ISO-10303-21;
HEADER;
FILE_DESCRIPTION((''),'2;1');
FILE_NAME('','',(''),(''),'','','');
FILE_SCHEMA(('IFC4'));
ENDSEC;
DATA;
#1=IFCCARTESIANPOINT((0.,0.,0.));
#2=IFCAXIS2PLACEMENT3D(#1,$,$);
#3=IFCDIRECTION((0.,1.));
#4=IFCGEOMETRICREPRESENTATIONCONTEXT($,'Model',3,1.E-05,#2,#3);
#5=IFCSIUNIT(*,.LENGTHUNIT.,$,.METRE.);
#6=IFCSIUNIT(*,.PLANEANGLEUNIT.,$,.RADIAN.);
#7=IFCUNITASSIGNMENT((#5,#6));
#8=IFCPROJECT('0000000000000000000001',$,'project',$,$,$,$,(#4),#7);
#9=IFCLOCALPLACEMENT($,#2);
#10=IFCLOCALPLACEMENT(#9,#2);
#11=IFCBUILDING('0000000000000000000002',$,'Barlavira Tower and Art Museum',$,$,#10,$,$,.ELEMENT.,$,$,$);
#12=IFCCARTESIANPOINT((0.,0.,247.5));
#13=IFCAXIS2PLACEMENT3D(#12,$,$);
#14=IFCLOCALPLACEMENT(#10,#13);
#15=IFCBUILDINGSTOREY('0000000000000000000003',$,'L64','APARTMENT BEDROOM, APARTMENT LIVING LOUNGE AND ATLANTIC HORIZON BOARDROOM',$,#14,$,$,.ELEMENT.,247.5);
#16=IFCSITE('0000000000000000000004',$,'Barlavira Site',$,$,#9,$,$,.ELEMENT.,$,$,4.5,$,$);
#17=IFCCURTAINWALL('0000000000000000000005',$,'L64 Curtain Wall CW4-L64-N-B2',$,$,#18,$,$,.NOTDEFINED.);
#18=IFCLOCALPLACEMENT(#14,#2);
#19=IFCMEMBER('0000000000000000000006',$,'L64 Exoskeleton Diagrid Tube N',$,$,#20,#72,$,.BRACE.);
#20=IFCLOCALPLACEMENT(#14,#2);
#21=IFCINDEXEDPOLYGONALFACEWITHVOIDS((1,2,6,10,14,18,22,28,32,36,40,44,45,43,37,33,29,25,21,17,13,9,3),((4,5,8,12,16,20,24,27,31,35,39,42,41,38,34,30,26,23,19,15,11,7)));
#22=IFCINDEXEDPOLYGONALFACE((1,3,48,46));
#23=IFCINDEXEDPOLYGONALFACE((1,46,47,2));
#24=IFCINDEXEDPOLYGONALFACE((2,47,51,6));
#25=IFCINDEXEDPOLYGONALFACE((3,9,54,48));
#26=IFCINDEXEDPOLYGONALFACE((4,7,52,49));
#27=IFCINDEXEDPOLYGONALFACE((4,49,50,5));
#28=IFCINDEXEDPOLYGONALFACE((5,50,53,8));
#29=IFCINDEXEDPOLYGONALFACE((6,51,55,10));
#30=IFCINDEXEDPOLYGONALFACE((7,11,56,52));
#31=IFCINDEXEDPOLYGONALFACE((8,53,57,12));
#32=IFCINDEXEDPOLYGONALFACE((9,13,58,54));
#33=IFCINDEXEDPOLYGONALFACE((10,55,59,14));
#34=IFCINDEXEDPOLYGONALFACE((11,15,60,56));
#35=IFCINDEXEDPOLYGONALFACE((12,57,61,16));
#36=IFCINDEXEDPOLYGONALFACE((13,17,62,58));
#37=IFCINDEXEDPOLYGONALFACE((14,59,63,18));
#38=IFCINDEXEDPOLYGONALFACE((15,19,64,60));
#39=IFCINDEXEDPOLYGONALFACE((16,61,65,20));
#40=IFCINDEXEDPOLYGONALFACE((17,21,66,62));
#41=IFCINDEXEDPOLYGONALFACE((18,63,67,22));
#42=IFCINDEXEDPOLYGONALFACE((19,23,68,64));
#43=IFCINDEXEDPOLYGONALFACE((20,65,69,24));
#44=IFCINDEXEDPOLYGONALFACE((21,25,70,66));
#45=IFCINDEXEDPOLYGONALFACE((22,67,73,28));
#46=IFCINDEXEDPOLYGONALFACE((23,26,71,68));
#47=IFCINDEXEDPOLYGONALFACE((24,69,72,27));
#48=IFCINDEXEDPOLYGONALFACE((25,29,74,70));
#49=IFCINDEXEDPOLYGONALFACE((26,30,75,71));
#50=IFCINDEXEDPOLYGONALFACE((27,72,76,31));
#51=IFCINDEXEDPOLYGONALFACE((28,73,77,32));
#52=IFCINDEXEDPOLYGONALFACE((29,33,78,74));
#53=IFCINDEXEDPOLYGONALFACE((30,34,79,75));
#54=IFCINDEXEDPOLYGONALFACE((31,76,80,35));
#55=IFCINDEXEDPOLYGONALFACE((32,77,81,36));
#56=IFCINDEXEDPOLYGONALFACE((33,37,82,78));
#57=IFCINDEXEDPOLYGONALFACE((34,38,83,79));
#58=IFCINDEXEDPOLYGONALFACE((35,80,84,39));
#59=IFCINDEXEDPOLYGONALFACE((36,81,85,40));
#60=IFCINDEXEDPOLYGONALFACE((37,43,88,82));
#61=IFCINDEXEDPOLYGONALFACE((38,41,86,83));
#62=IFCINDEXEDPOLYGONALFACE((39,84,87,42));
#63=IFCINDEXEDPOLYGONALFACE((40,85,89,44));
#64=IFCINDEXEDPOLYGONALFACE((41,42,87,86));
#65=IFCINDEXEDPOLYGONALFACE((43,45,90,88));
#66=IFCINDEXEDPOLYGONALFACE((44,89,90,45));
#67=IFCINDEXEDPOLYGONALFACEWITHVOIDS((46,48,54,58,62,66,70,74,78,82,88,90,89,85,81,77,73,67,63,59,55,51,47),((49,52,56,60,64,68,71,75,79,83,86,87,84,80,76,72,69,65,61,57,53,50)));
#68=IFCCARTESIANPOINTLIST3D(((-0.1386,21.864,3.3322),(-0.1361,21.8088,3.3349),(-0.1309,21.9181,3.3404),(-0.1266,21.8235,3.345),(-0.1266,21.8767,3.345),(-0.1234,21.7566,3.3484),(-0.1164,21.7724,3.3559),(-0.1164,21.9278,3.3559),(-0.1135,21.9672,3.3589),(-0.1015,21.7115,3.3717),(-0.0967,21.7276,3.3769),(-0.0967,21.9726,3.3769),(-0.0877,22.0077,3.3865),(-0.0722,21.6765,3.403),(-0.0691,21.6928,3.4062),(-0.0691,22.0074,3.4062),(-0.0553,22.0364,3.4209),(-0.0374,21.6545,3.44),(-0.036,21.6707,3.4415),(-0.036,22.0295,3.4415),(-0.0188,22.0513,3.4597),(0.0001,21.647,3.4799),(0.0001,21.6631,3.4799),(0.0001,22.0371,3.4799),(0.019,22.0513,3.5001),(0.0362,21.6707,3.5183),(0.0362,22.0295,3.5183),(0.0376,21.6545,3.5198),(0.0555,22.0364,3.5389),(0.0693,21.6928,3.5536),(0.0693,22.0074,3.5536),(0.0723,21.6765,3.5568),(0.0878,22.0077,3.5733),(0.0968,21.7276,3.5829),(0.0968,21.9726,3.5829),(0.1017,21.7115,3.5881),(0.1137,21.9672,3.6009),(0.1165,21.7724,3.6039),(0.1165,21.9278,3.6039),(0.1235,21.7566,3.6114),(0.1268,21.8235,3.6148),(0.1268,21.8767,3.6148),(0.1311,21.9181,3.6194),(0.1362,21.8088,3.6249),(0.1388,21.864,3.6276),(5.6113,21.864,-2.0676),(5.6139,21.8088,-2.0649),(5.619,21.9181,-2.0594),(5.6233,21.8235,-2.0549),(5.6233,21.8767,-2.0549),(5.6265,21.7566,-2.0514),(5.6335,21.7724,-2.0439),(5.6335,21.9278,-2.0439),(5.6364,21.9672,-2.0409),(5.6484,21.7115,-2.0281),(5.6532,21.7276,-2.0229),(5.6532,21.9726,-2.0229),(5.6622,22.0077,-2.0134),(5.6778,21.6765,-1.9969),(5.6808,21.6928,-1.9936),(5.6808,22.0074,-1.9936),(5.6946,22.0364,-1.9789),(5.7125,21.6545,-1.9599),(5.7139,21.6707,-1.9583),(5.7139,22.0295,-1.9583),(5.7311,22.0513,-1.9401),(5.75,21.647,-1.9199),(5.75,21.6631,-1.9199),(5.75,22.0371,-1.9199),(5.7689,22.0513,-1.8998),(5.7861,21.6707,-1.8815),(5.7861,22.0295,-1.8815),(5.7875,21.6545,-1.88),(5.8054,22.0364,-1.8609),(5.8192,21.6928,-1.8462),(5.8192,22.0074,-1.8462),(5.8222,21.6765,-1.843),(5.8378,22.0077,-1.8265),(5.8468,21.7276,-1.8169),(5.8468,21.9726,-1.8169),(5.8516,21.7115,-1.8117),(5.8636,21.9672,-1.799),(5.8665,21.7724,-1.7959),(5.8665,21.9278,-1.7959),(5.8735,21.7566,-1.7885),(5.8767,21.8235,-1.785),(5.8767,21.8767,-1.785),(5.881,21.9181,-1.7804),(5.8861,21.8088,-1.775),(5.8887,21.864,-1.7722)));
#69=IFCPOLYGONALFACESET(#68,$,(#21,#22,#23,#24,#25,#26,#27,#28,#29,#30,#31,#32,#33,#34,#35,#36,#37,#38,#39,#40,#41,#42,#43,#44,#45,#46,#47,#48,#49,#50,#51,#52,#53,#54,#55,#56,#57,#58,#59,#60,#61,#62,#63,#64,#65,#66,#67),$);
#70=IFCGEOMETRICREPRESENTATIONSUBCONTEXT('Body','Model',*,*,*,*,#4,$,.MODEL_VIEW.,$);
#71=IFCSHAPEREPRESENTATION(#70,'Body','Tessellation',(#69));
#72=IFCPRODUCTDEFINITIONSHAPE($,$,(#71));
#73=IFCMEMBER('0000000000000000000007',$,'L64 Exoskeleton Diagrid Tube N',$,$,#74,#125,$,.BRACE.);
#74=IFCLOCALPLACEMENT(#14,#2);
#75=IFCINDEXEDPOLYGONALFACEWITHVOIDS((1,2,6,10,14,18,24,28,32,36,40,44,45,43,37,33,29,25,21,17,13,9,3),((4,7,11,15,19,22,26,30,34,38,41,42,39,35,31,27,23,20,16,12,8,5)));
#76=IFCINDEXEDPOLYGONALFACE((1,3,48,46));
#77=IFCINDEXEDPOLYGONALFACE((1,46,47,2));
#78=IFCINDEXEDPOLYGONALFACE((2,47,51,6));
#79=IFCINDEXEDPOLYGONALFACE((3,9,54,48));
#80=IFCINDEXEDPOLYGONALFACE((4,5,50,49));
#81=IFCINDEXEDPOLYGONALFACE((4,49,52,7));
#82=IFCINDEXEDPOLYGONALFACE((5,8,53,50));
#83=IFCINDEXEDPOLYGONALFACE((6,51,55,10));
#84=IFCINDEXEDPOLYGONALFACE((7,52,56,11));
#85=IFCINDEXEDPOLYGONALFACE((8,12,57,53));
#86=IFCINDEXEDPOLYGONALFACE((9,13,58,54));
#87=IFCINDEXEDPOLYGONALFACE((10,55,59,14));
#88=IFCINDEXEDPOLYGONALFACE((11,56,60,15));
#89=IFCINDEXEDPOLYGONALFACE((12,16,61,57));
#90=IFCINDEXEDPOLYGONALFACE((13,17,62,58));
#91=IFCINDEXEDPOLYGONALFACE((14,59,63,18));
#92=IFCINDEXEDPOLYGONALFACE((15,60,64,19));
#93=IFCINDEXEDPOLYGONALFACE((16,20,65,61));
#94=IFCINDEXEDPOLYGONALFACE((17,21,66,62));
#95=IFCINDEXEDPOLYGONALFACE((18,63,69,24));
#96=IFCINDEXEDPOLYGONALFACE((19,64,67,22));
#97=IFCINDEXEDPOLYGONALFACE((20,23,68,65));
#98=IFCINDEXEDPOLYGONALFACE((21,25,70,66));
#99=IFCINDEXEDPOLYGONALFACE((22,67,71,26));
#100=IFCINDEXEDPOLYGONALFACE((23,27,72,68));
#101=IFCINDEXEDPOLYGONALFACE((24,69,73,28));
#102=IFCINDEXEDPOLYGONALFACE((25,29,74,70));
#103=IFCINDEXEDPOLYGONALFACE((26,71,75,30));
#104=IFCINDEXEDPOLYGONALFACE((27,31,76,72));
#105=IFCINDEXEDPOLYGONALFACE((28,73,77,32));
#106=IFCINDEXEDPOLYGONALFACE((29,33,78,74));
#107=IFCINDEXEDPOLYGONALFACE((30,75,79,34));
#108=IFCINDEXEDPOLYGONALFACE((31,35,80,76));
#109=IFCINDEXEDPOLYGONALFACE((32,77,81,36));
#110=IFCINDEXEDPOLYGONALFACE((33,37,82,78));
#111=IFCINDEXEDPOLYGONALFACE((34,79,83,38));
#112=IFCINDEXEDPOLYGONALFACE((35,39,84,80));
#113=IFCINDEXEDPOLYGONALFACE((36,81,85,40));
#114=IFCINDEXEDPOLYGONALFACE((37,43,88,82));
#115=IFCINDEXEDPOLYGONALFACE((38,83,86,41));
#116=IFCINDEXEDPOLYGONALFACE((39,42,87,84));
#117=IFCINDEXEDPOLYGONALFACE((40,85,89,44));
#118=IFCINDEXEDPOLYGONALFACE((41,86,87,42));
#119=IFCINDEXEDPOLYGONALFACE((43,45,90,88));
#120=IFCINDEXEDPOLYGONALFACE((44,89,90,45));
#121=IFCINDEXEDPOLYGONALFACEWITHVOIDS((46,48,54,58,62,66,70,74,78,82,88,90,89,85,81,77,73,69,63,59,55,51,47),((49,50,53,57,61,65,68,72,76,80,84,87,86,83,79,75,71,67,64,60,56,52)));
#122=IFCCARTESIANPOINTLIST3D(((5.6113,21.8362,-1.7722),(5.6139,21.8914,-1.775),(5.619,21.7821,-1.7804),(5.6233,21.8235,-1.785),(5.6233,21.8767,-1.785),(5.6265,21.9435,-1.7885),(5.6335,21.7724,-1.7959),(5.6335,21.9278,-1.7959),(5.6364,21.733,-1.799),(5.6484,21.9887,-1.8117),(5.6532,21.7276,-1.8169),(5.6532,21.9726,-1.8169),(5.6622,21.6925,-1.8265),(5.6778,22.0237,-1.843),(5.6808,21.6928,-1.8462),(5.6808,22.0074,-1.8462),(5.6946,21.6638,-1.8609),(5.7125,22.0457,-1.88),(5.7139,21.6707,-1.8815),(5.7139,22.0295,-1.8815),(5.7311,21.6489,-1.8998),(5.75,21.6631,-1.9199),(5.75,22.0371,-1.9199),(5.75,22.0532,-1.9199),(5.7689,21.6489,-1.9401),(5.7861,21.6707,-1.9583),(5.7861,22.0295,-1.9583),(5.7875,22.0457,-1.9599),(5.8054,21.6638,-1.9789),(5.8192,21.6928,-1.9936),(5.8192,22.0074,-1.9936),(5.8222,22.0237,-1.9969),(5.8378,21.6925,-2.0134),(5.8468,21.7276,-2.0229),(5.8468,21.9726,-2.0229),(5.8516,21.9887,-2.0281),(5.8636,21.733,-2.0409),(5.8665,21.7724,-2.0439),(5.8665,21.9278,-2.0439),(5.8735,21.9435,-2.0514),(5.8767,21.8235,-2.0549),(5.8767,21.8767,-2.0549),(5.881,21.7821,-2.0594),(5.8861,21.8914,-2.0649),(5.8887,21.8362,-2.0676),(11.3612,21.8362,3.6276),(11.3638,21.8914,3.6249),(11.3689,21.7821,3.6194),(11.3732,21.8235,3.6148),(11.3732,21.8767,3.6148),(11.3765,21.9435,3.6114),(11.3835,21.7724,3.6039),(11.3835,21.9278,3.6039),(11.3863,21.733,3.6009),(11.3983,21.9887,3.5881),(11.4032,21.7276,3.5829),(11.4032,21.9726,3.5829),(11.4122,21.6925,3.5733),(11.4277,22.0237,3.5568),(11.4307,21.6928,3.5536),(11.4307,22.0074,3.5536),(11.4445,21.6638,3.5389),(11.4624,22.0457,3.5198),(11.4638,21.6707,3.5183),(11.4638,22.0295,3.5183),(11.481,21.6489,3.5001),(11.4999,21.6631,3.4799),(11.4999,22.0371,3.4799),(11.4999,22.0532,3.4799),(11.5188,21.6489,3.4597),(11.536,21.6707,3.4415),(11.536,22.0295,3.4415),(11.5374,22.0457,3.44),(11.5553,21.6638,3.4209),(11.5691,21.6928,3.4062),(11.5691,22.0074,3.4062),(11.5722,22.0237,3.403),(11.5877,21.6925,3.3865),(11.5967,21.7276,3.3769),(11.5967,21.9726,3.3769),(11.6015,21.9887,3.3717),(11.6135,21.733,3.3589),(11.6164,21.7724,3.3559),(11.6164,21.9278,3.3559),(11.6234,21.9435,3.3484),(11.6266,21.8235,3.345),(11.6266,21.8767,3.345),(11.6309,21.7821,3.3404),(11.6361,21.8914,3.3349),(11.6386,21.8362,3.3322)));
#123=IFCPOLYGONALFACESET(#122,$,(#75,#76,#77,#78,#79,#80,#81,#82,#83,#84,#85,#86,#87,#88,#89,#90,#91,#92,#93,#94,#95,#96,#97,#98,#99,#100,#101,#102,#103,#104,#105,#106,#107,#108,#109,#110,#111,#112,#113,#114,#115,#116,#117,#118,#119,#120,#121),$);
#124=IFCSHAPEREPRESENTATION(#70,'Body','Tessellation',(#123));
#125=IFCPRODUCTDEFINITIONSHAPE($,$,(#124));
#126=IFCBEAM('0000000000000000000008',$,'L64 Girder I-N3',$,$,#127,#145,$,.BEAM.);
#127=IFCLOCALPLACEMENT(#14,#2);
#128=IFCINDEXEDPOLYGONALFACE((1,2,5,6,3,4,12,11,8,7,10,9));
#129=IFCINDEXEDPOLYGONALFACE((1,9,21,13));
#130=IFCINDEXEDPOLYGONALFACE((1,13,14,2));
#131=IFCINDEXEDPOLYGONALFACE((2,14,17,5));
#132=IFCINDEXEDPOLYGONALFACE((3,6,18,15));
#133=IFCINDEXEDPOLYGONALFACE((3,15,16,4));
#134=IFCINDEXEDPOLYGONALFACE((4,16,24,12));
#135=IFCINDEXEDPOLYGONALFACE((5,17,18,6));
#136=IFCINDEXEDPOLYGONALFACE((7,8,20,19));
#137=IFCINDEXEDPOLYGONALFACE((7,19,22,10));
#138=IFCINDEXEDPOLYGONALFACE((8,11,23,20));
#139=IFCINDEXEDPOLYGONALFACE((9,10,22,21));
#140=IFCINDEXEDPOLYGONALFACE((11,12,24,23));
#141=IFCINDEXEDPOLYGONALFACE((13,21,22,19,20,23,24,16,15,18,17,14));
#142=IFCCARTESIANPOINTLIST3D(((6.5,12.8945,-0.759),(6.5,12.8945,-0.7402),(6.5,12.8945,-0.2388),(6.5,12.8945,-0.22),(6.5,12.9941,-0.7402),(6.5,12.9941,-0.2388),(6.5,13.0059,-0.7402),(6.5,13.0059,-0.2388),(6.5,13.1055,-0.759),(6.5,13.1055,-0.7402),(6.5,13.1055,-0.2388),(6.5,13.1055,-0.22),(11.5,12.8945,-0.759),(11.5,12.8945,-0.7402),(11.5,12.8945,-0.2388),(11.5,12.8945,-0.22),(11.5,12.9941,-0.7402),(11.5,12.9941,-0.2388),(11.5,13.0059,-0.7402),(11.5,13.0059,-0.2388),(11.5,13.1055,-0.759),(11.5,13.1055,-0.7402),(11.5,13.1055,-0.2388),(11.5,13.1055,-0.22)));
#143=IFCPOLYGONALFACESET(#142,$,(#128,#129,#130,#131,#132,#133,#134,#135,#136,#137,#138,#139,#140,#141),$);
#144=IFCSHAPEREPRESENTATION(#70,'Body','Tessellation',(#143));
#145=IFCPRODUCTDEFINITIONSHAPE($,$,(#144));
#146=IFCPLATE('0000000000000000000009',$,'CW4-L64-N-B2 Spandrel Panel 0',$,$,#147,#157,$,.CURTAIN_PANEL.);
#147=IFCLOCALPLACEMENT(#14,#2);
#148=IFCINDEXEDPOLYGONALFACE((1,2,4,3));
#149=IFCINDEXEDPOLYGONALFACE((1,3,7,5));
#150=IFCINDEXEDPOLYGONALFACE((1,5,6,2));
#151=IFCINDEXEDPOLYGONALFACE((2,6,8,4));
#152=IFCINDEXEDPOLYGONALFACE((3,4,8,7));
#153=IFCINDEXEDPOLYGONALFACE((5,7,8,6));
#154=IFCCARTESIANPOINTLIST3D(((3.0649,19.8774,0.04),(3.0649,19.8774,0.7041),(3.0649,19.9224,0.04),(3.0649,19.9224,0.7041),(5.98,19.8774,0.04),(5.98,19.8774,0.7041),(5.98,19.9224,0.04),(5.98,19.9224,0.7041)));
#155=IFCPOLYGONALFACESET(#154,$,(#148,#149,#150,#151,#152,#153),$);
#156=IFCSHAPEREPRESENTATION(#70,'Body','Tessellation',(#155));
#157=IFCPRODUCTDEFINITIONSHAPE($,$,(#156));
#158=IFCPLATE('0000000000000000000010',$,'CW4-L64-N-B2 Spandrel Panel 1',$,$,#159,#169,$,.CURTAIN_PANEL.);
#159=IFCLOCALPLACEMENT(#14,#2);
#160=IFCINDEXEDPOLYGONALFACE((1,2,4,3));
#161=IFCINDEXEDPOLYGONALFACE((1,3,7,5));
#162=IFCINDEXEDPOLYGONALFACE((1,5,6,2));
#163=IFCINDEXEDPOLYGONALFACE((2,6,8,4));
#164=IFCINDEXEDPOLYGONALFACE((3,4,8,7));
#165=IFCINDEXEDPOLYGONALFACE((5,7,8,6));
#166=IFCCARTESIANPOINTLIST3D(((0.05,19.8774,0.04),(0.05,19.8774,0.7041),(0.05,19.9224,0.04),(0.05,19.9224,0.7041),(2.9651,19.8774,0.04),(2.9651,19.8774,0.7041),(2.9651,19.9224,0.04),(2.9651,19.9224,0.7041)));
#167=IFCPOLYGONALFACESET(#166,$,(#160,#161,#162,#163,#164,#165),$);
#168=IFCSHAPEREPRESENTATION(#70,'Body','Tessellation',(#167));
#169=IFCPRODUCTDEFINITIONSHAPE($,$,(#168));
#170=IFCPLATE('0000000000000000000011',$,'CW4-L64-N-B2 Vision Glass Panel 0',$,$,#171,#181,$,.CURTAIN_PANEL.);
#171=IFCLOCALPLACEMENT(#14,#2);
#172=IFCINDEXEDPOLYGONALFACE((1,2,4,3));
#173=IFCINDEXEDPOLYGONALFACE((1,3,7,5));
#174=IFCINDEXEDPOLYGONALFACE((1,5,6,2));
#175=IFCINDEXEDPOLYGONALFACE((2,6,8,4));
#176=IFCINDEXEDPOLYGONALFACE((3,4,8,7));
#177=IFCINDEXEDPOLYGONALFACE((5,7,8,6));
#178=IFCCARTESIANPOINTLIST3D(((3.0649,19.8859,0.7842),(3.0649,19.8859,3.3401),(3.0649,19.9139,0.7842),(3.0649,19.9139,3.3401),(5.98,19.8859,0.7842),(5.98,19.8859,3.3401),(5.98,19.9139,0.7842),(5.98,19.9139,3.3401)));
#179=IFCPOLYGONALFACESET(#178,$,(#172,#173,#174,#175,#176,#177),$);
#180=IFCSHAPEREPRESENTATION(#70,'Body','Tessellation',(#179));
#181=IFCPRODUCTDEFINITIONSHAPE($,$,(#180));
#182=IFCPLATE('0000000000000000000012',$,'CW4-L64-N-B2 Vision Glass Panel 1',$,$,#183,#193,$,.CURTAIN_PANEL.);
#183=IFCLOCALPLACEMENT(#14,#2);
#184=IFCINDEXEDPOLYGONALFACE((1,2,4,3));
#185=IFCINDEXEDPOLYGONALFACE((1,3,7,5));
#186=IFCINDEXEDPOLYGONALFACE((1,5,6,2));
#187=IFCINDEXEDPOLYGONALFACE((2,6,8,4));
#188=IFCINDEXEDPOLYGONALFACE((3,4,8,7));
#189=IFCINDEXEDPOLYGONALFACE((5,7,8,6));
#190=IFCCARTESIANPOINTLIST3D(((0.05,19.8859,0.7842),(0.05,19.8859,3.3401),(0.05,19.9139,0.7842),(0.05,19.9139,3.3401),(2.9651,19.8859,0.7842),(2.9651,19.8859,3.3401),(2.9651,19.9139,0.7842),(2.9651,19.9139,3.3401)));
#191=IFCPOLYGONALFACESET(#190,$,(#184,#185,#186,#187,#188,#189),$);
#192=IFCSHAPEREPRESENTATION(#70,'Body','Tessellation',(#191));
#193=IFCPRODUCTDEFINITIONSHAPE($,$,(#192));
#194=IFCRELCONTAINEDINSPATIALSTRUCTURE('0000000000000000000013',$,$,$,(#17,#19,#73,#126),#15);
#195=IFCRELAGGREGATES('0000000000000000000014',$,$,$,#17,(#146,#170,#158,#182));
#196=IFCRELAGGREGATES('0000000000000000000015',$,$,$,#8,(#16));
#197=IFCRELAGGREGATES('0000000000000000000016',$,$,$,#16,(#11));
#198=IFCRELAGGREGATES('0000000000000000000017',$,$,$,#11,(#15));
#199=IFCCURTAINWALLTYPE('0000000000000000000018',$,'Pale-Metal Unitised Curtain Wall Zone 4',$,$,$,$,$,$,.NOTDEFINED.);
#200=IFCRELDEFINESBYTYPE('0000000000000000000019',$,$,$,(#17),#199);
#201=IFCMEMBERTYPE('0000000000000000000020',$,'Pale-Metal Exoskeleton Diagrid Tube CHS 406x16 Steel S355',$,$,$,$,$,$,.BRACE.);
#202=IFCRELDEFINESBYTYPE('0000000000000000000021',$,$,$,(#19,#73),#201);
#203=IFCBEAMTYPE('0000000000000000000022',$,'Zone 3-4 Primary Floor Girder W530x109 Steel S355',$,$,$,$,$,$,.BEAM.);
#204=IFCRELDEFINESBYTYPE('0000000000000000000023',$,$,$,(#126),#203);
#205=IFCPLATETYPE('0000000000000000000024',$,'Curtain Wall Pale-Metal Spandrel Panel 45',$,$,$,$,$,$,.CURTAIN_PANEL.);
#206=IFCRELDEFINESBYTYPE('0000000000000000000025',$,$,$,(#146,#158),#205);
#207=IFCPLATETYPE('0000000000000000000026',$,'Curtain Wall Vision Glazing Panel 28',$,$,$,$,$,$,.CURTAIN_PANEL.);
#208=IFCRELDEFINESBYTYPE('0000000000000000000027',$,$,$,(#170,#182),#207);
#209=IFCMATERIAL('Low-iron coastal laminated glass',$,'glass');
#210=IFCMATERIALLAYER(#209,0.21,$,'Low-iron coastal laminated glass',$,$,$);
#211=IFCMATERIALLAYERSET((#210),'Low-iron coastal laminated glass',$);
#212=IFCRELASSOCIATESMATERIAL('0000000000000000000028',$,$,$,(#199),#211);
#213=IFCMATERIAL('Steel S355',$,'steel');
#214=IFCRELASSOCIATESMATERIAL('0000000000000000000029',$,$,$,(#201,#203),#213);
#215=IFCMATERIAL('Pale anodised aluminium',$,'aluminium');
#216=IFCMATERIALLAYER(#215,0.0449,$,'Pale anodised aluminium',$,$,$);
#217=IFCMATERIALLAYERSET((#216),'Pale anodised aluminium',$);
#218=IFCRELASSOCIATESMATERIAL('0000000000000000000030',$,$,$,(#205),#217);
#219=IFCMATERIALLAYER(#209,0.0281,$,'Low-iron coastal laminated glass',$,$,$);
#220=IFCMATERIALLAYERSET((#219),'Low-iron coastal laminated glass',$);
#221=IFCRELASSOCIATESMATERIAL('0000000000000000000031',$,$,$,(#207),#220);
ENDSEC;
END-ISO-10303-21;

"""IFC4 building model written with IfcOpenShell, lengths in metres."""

from ifc_helpers import new_model, si_unit, direction, frame, origin, origin_2d, place, context, subcontext, project, spatial, rectangle, hollow_circle, i_section, extrude, material, layer, layer_set, material_profile, profile_set, type_object, element, aggregate, save


model = new_model("IFC4")

# Units and contexts
model_context = context("Model", 3, precision=1e-05, world=origin(), true_north=direction((0.0, 1.0)))
body_context = subcontext(model_context, "Body", "Model", "MODEL_VIEW")
ifc_project = project(units=[si_unit("LENGTHUNIT", "METRE"), si_unit("PLANEANGLEUNIT", "RADIAN")], contexts=[model_context])

# Site, building, storey
site_placement = place(None, origin())
site = spatial("IfcSite", under=ifc_project, at=site_placement, Name="Barlavira Site", CompositionType="ELEMENT", RefElevation=4.5)
building_placement = place(site_placement, origin())
building = spatial("IfcBuilding", under=site, at=building_placement, Name="Barlavira Tower and Art Museum", CompositionType="ELEMENT")
storey_placement = place(building_placement, frame((0.0, 0.0, 247.5)))
storey = spatial("IfcBuildingStorey", under=building, at=storey_placement, Name="L64", Description="APARTMENT BEDROOM, APARTMENT LIVING LOUNGE AND ATLANTIC HORIZON BOARDROOM", CompositionType="ELEMENT", Elevation=247.5)

# Curtain wall
ifc_material_1 = material(Name="Low-iron coastal laminated glass", Category="glass")
ifc_layer_1 = layer(ifc_material_1, 0.21, Name="Low-iron coastal laminated glass")
ifc_layer_set_1 = layer_set([ifc_layer_1], Name="Low-iron coastal laminated glass")
curtain_wall_type = type_object("IfcCurtainWallType", Name="Pale-Metal Unitised Curtain Wall Zone 4", PredefinedType="NOTDEFINED", material=ifc_layer_set_1)
curtain_wall_placement = place(storey_placement, origin())
curtain_wall = element("IfcCurtainWall", 1, at=curtain_wall_placement, inside=storey, type_object=curtain_wall_type, Name="L64 Curtain Wall CW4-L64-N-B2", PredefinedType="NOTDEFINED")
ifc_material_2 = material(Name="Pale anodised aluminium", Category="aluminium")

# Members
ifc_material_3 = material(Name="Steel S355", Category="steel")
ifc_material_profile_1 = material_profile(ifc_material_3, hollow_circle(Radius=0.2031, WallThickness=0.0161, at=origin_2d()), Name="CHS 406.4x16.0")
ifc_profile_set_1 = profile_set([ifc_material_profile_1], Name="Steel S355")
member_type_1 = type_object("IfcMemberType", Name="Pale-Metal Exoskeleton Diagrid Tube CHS 406x16 Steel S355", PredefinedType="BRACE", material=ifc_profile_set_1)
for number, where, z_axis, x_axis, name in (
    (2, (5.75, 21.8501, -1.9199), (-0.72895, 0.0, 0.684567), (0.0, -1.0, 0.0), "L64 Exoskeleton Diagrid Tube N"),
    (3, (5.75, 21.8501, -1.9199), (0.72895, 0.0, 0.684567), (0.0, 1.0, 0.0), "L64 Exoskeleton Diagrid Tube N"),
):
    element("IfcMember", number, at=place(storey_placement, frame(where, z_axis=z_axis, x_axis=x_axis)), inside=storey, type_object=member_type_1, Name=name, PredefinedType="BRACE", context=body_context, shape_type="SweptSolid", body=[
        extrude(hollow_circle(Radius=0.2031, WallThickness=0.0161, at=origin_2d()), origin(), (0.0, 0.0, 1.0), 7.8879),
    ])

# Beam
ifc_material_profile_2 = material_profile(ifc_material_3, i_section(OverallWidth=0.2109, OverallDepth=0.5391, WebThickness=0.0117, FlangeThickness=0.0188, at=origin_2d()), Name="W530x109.0")
ifc_profile_set_2 = profile_set([ifc_material_profile_2], Name="Steel S355")
beam_type = type_object("IfcBeamType", Name="Zone 3-4 Primary Floor Girder W530x109 Steel S355", PredefinedType="BEAM", material=ifc_profile_set_2)
beam_placement = place(storey_placement, frame((6.5, 13.0, -0.4895), z_axis=(1.0, 0.0, 0.0), x_axis=(0.0, 1.0, 0.0)))
element("IfcBeam", 4, at=beam_placement, inside=storey, type_object=beam_type, Name="L64 Girder I-N3", PredefinedType="BEAM", context=body_context, shape_type="SweptSolid", body=[
    extrude(i_section(OverallWidth=0.2109, OverallDepth=0.5391, WebThickness=0.0117, FlangeThickness=0.0188, at=origin_2d()), origin(), (0.0, 0.0, 1.0), 5.0),
])

# Plates
ifc_layer_2 = layer(ifc_material_2, 0.0449, Name="Pale anodised aluminium")
ifc_layer_set_2 = layer_set([ifc_layer_2], Name="Pale anodised aluminium")
plate_type_1 = type_object("IfcPlateType", Name="Curtain Wall Pale-Metal Spandrel Panel 45", PredefinedType="CURTAIN_PANEL", material=ifc_layer_set_2)
plate_1_placement = place(storey_placement, frame((4.5225, 19.8999, 0.04), z_axis=(0.0, 0.0, 1.0), x_axis=(-1.0, 0.0, 0.0)))
plate_1 = element("IfcPlate", 5, at=plate_1_placement, type_object=plate_type_1, Name="CW4-L64-N-B2 Spandrel Panel 0", PredefinedType="CURTAIN_PANEL", context=body_context, shape_type="SweptSolid", body=[
    extrude(rectangle(XDim=2.915, YDim=0.0449, at=origin_2d()), origin(), (0.0, 0.0, 1.0), 0.6641),
])
plate_2_placement = place(storey_placement, frame((1.5076, 19.8999, 0.04), z_axis=(0.0, 0.0, 1.0), x_axis=(-1.0, 0.0, 0.0)))
plate_2 = element("IfcPlate", 6, at=plate_2_placement, type_object=plate_type_1, Name="CW4-L64-N-B2 Spandrel Panel 1", PredefinedType="CURTAIN_PANEL", context=body_context, shape_type="SweptSolid", body=[
    extrude(rectangle(XDim=2.915, YDim=0.0449, at=origin_2d()), origin(), (0.0, 0.0, 1.0), 0.6641),
])
ifc_layer_3 = layer(ifc_material_1, 0.0281, Name="Low-iron coastal laminated glass")
ifc_layer_set_3 = layer_set([ifc_layer_3], Name="Low-iron coastal laminated glass")
plate_type_2 = type_object("IfcPlateType", Name="Curtain Wall Vision Glazing Panel 28", PredefinedType="CURTAIN_PANEL", material=ifc_layer_set_3)
plate_3_placement = place(storey_placement, frame((4.5225, 19.8999, 0.7842), z_axis=(0.0, 0.0, 1.0), x_axis=(-1.0, 0.0, 0.0)))
plate_3 = element("IfcPlate", 7, at=plate_3_placement, type_object=plate_type_2, Name="CW4-L64-N-B2 Vision Glass Panel 0", PredefinedType="CURTAIN_PANEL", context=body_context, shape_type="SweptSolid", body=[
    extrude(rectangle(XDim=2.915, YDim=0.0281, at=origin_2d()), origin(), (0.0, 0.0, 1.0), 2.5559),
])
plate_4_placement = place(storey_placement, frame((1.5076, 19.8999, 0.7842), z_axis=(0.0, 0.0, 1.0), x_axis=(-1.0, 0.0, 0.0)))
plate_4 = element("IfcPlate", 8, at=plate_4_placement, type_object=plate_type_2, Name="CW4-L64-N-B2 Vision Glass Panel 1", PredefinedType="CURTAIN_PANEL", context=body_context, shape_type="SweptSolid", body=[
    extrude(rectangle(XDim=2.915, YDim=0.0281, at=origin_2d()), origin(), (0.0, 0.0, 1.0), 2.5559),
])
aggregate(curtain_wall, [plate_1, plate_3, plate_2, plate_4])

save(model, "model.ifc")
